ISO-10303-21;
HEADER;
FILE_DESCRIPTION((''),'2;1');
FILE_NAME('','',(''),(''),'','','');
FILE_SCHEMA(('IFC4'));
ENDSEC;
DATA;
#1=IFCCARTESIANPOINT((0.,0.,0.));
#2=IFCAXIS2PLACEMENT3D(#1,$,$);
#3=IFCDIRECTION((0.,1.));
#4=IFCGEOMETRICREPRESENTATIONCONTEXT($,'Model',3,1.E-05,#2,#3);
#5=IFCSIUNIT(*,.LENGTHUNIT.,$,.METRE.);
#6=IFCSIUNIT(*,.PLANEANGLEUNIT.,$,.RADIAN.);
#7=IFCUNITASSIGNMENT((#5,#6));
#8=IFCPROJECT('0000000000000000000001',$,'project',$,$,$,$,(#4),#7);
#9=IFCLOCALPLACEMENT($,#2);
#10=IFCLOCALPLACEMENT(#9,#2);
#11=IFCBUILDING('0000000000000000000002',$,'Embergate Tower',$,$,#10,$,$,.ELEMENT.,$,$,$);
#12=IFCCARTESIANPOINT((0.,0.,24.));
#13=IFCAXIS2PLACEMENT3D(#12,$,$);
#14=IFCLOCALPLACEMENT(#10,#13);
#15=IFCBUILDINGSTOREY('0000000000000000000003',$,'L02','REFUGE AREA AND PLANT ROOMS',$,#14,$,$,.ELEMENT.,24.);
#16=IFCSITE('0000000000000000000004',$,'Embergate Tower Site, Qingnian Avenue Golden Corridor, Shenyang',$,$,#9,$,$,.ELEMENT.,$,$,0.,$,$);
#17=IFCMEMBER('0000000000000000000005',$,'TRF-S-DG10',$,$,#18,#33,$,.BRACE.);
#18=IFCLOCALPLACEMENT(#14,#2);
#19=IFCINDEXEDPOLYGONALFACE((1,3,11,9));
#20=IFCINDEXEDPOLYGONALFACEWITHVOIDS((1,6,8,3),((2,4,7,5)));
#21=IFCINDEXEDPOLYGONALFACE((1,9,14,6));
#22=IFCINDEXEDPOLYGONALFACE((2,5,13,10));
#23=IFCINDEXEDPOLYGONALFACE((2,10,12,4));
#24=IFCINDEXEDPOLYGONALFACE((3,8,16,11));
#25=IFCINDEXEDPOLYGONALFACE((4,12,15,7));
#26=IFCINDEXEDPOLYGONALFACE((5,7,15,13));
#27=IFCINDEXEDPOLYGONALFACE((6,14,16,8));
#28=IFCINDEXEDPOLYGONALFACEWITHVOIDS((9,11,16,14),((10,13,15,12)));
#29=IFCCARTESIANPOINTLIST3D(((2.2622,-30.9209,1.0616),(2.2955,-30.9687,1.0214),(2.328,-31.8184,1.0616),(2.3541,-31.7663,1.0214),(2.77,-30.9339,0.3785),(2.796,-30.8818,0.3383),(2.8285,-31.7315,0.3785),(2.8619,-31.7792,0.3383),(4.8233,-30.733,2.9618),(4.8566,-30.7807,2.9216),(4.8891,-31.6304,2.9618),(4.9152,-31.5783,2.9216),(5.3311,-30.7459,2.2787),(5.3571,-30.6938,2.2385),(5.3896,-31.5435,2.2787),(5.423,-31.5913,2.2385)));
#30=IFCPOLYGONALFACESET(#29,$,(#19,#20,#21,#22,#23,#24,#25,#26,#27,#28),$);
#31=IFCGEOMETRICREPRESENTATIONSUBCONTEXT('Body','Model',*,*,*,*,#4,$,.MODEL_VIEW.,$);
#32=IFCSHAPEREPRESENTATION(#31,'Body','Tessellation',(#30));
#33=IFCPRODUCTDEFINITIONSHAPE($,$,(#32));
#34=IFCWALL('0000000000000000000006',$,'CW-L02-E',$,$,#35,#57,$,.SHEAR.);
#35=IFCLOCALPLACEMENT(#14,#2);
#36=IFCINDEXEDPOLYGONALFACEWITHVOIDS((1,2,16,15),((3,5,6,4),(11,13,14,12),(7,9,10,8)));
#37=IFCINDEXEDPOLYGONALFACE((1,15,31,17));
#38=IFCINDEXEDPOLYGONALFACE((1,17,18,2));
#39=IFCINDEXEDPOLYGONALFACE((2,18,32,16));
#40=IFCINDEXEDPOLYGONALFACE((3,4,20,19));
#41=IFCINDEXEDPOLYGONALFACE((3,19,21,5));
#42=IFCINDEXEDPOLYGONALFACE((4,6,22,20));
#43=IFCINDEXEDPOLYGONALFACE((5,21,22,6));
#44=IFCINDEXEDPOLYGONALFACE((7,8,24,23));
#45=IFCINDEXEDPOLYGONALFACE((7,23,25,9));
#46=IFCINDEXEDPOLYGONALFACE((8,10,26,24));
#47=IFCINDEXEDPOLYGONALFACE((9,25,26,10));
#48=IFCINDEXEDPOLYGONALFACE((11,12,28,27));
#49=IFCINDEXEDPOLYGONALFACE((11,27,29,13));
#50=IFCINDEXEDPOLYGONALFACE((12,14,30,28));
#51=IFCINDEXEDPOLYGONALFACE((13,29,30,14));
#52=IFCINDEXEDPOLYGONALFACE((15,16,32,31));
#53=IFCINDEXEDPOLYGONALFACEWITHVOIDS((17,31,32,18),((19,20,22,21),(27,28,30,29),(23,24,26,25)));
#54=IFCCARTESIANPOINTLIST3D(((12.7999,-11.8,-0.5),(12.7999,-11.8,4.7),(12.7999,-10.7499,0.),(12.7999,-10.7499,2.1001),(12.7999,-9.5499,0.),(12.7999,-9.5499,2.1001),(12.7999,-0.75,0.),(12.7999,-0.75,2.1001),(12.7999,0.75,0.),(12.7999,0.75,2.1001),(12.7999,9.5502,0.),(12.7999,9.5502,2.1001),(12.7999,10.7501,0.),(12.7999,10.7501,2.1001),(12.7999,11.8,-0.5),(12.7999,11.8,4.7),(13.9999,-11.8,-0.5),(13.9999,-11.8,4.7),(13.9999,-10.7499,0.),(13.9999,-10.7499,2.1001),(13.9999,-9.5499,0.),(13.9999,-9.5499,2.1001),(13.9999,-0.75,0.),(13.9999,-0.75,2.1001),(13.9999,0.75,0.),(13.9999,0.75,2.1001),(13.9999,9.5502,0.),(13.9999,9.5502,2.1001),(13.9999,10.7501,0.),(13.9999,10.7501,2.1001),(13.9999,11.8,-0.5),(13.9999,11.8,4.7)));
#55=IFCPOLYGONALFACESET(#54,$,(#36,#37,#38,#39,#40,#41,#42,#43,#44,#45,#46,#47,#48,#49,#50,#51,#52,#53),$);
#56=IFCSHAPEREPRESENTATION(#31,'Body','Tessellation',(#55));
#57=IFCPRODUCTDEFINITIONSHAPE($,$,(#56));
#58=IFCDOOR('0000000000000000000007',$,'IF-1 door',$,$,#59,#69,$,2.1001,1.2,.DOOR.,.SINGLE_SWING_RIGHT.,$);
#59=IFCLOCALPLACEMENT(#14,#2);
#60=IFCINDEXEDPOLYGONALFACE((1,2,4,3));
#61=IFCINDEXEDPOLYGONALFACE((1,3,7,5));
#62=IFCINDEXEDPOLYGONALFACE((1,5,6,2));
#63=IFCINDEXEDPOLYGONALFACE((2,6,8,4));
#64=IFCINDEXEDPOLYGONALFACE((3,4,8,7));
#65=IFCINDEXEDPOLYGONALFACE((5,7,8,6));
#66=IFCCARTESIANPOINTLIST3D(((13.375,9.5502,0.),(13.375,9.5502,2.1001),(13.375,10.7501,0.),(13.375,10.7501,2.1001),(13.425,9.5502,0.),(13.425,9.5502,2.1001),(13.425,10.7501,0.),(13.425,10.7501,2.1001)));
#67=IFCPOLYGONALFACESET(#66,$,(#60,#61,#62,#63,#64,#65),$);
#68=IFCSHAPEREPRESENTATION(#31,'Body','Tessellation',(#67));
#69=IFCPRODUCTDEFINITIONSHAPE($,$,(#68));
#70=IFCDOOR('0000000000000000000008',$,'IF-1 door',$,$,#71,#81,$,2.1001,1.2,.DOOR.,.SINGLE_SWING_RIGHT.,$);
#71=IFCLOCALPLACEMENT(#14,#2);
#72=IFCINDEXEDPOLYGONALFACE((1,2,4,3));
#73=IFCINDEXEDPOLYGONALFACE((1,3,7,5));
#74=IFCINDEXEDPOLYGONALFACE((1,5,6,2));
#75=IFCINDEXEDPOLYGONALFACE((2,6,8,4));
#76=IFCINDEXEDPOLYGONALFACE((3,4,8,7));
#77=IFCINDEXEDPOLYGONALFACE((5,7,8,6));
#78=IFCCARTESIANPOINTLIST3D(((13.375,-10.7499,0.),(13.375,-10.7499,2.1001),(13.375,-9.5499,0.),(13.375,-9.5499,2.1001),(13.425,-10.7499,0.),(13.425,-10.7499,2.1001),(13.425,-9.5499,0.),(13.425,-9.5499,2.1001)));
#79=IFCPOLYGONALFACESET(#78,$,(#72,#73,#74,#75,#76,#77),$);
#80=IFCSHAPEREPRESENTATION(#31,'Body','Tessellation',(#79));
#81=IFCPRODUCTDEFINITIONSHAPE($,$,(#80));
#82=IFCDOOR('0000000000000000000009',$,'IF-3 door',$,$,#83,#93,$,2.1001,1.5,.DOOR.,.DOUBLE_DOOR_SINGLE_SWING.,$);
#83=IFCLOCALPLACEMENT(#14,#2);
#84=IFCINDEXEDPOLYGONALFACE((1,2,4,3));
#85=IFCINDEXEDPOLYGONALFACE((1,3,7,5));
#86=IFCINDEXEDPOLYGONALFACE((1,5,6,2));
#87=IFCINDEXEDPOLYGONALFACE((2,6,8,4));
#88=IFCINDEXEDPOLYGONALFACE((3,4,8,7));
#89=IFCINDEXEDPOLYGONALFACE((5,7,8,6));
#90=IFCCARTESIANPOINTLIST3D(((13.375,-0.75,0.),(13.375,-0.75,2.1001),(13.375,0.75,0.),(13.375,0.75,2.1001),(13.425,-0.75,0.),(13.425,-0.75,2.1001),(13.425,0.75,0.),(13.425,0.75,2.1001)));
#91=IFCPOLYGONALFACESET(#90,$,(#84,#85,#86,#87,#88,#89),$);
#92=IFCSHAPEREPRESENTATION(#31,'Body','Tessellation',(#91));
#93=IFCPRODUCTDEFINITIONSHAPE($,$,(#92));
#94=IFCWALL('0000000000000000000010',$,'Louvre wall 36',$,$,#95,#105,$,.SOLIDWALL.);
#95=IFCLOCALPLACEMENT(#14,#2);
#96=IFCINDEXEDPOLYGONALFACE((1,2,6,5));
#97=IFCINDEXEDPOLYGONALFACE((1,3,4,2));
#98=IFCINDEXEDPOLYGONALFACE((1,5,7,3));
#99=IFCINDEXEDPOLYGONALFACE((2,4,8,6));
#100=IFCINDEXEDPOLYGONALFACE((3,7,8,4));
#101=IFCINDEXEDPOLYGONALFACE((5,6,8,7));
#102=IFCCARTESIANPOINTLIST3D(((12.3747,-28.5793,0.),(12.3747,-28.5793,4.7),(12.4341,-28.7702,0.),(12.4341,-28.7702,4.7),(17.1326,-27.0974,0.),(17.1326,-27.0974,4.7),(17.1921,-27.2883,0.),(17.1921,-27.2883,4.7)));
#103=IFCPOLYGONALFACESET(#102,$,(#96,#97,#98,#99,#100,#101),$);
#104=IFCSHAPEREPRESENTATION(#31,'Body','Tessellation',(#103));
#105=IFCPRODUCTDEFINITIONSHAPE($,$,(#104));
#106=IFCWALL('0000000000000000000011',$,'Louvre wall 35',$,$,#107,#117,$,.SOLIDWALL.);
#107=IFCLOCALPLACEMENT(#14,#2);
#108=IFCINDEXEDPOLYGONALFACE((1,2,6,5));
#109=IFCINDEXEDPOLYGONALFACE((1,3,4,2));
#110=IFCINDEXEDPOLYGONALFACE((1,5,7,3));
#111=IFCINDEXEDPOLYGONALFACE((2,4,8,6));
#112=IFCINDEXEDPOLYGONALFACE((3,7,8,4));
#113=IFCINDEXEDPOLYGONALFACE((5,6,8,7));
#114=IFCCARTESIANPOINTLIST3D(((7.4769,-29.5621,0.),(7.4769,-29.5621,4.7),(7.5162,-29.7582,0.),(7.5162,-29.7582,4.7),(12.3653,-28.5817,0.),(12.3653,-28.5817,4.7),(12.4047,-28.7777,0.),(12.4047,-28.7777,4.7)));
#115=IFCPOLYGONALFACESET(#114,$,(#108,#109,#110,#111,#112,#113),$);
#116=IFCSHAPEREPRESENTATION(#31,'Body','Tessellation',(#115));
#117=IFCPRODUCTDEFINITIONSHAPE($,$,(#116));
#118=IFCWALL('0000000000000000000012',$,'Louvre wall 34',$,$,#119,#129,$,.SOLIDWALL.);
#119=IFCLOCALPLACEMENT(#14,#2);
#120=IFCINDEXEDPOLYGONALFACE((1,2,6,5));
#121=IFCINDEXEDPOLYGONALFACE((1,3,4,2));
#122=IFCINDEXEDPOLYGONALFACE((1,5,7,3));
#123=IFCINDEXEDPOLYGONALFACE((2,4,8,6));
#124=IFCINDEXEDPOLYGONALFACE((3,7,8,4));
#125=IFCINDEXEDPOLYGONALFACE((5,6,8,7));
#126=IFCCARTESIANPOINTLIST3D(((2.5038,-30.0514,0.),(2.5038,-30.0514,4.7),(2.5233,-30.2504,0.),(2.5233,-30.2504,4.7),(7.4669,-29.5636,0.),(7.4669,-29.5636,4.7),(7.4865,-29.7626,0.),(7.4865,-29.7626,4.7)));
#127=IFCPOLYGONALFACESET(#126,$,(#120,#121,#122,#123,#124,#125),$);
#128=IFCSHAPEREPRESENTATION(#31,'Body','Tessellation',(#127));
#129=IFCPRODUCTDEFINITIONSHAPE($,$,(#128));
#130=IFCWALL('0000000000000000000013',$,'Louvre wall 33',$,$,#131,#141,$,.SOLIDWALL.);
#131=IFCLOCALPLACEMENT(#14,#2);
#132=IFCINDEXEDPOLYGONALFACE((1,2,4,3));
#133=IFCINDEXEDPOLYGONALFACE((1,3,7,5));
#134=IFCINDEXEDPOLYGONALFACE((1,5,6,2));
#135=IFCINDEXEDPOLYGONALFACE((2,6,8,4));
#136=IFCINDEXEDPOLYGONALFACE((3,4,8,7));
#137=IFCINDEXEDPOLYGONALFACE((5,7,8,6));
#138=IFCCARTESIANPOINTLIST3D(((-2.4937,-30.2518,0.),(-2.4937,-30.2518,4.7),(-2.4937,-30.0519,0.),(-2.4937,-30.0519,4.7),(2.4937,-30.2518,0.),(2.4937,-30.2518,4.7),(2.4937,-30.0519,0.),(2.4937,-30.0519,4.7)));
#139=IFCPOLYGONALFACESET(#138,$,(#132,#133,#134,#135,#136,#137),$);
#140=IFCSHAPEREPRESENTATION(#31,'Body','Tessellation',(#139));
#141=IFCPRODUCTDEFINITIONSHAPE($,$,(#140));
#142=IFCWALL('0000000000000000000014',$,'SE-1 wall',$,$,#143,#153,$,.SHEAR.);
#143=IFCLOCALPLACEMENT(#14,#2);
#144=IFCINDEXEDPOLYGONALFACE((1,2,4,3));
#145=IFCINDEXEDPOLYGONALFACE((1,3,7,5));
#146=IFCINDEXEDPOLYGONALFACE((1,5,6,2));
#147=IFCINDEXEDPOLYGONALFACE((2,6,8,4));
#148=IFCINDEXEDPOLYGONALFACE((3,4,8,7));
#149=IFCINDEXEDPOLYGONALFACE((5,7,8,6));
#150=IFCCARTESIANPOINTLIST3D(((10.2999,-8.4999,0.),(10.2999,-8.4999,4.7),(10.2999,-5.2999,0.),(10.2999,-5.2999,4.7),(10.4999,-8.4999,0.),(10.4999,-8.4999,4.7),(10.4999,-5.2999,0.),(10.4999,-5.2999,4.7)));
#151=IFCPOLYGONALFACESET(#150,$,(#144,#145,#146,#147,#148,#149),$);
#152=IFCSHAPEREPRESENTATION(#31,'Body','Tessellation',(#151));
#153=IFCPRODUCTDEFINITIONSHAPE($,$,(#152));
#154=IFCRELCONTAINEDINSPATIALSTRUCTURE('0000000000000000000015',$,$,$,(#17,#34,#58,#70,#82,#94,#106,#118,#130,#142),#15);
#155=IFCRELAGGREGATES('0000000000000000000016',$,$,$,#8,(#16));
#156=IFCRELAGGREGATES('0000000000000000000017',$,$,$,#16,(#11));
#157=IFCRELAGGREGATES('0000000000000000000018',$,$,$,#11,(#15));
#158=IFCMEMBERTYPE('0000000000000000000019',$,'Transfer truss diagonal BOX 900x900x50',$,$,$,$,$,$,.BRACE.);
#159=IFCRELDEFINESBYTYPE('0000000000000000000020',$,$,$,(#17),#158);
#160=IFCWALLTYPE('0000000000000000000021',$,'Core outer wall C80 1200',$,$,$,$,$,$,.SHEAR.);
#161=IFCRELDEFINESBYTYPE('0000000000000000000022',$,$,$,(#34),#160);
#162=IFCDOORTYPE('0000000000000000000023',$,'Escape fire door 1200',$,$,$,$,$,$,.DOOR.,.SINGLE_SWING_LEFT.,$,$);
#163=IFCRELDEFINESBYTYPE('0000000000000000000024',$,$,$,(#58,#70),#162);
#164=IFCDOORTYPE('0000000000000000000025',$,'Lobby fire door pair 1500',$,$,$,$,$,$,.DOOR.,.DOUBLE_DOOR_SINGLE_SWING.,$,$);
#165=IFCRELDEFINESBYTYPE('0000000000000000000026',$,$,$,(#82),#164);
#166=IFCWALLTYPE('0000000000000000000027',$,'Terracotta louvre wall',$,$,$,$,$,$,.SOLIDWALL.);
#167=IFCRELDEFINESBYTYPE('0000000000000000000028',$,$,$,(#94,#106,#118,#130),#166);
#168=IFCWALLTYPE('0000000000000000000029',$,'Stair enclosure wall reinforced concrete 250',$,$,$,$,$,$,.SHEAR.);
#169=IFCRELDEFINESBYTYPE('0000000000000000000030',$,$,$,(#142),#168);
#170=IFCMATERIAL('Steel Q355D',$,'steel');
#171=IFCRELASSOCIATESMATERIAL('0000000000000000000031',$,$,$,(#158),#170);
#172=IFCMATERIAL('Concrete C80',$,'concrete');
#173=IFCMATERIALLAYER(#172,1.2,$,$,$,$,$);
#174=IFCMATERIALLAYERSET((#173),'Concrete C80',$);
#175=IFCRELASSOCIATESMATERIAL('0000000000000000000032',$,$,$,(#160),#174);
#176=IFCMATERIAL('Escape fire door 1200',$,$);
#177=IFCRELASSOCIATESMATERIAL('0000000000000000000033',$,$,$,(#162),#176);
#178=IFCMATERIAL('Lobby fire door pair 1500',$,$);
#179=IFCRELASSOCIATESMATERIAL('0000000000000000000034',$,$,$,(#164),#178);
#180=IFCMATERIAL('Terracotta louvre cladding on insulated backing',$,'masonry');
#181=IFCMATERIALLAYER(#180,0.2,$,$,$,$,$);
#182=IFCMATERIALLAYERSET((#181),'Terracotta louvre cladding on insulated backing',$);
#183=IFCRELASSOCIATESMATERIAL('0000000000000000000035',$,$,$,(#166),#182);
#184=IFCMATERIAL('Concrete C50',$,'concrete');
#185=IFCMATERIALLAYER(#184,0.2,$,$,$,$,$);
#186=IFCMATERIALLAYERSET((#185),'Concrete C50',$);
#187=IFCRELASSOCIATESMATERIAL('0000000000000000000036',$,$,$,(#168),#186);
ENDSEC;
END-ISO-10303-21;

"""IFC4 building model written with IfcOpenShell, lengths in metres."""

from ifc_helpers import new_model, si_unit, direction, frame, frame_2d, origin, origin_2d, place, context, subcontext, project, spatial, rectangle, hollow_rectangle, extrude, source, transform, mapped, material, layer, layer_set, material_profile, profile_set, type_object, element, fill, save


model = new_model("IFC4")

# Units and contexts
model_context = context("Model", 3, precision=1e-05, world=origin(), true_north=direction((0.0, 1.0)))
body_context = subcontext(model_context, "Body", "Model", "MODEL_VIEW")
ifc_project = project(units=[si_unit("LENGTHUNIT", "METRE"), si_unit("PLANEANGLEUNIT", "RADIAN")], contexts=[model_context])

# Site, building, storey
site_placement = place(None, origin())
site = spatial("IfcSite", under=ifc_project, at=site_placement, Name="Embergate Tower Site, Qingnian Avenue Golden Corridor, Shenyang", CompositionType="ELEMENT", RefElevation=0.0)
building_placement = place(site_placement, origin())
building = spatial("IfcBuilding", under=site, at=building_placement, Name="Embergate Tower", CompositionType="ELEMENT")
storey_placement = place(building_placement, frame((0.0, 0.0, 24.0)))
storey = spatial("IfcBuildingStorey", under=building, at=storey_placement, Name="L02", Description="REFUGE AREA AND PLANT ROOMS", CompositionType="ELEMENT", Elevation=24.0)

# Member
ifc_material_1 = material(Name="Steel Q355D", Category="steel")
ifc_material_profile_1 = material_profile(ifc_material_1, hollow_rectangle(XDim=0.8999, YDim=0.8999, WallThickness=0.05, at=origin_2d()), Name="BOX 900x900x50")
ifc_profile_set_1 = profile_set([ifc_material_profile_1], Name="Steel Q355 grade D")
member_type_1 = type_object("IfcMemberType", Name="Transfer truss diagonal BOX 900x900x50", PredefinedType="BRACE", material=ifc_profile_set_1)
shared_shape_1 = source(origin(), body_context, "Body", "SweptSolid", [
    extrude(hollow_rectangle(XDim=0.8999, YDim=0.8999, WallThickness=0.05, at=origin_2d()), origin(), (0.0, 0.0, 1.0), 3.1946),
])
member_1_placement = place(storey_placement, frame((2.562, -31.3501, 0.7), z_axis=(0.801703, 0.058848, 0.594819), x_axis=(-0.073206, 0.997317, 0.0)))
element("IfcMember", 1, at=member_1_placement, inside=storey, type_object=member_type_1, Name="TRF-S-DG10", PredefinedType="BRACE", context=body_context, shape_type="MappedRepresentation", body=[
    mapped(shared_shape_1, transform((0.0, 0.0, 0.0))),
])

# Wall, openings, doors
ifc_material_2 = material(Name="Concrete C80", Category="concrete")
ifc_layer_1 = layer(ifc_material_2, 1.2)
ifc_layer_set_1 = layer_set([ifc_layer_1], Name="Concrete C80")
wall_type_1 = type_object("IfcWallType", Name="Core outer wall C80 1200", PredefinedType="SHEAR", material=ifc_layer_set_1)
shared_shape_2 = source(origin(), body_context, "Body", "SweptSolid", [
    extrude(rectangle(XDim=23.6001, YDim=1.2, at=frame_2d((11.8, 0.0))), origin(), (0.0, 0.0, 1.0), 5.2),
])
wall_1_placement = place(storey_placement, frame((13.3999, -11.8, -0.5), z_axis=(0.0, 0.0, 1.0), x_axis=(0.0, 1.0, 0.0)))
wall_1 = element("IfcWall", 2, at=wall_1_placement, inside=storey, type_object=wall_type_1, Name="CW-L02-E", PredefinedType="SHEAR", context=body_context, shape_type="MappedRepresentation", body=[
    mapped(shared_shape_2, transform((0.0, 0.0, 0.0))),
])
shared_shape_3 = source(origin(), body_context, "Body", "SweptSolid", [
    extrude(rectangle(XDim=1.2, YDim=2.1001, at=frame_2d((0.6001, 1.05))), frame((0.0, 0.6099, 0.0), z_axis=(0.0, -1.0, 0.0), x_axis=(1.0, 0.0, 0.0)), (0.0, 0.0, 1.0), 1.22),
])
opening_1_placement = place(wall_1_placement, frame((21.3501, 0.0, 0.5)))
opening_1 = element("IfcOpeningElement", 3, at=opening_1_placement, cuts=wall_1, PredefinedType="OPENING", context=body_context, shape_type="MappedRepresentation", body=[
    mapped(shared_shape_3, transform((0.0, 0.0, 0.0))),
])
opening_2_placement = place(wall_1_placement, frame((1.05, 0.0, 0.5)))
opening_2 = element("IfcOpeningElement", 4, at=opening_2_placement, cuts=wall_1, PredefinedType="OPENING", context=body_context, shape_type="MappedRepresentation", body=[
    mapped(shared_shape_3, transform((0.0, 0.0, 0.0))),
])
shared_shape_4 = source(origin(), body_context, "Body", "SweptSolid", [
    extrude(rectangle(XDim=1.5, YDim=2.1001, at=frame_2d((0.75, 1.05))), frame((0.0, 0.6099, 0.0), z_axis=(0.0, -1.0, 0.0), x_axis=(1.0, 0.0, 0.0)), (0.0, 0.0, 1.0), 1.22),
])
opening_3_placement = place(wall_1_placement, frame((11.05, 0.0, 0.5)))
opening_3 = element("IfcOpeningElement", 5, at=opening_3_placement, cuts=wall_1, PredefinedType="OPENING", context=body_context, shape_type="MappedRepresentation", body=[
    mapped(shared_shape_4, transform((0.0, 0.0, 0.0))),
])
ifc_material_3 = material(Name="Escape fire door 1200")
door_type_1 = type_object("IfcDoorType", Name="Escape fire door 1200", OperationType="SINGLE_SWING_LEFT", PredefinedType="DOOR", material=ifc_material_3)
shared_shape_5 = source(origin(), body_context, "Body", "SweptSolid", [
    extrude(rectangle(XDim=1.2, YDim=2.1001, at=frame_2d((0.6001, 1.05))), frame((0.0, 0.0249, 0.0), z_axis=(0.0, -1.0, 0.0), x_axis=(1.0, 0.0, 0.0)), (0.0, 0.0, 1.0), 0.05),
])
door_1_placement = place(opening_1_placement, origin())
door_1 = element("IfcDoor", 6, at=door_1_placement, inside=storey, type_object=door_type_1, Name="IF-1 door", OperationType="SINGLE_SWING_RIGHT", OverallHeight=2.1001, OverallWidth=1.2, PredefinedType="DOOR", context=body_context, shape_type="MappedRepresentation", body=[
    mapped(shared_shape_5, transform((0.0, 0.0, 0.0))),
])
fill(opening_1, door_1)
door_2_placement = place(opening_2_placement, origin())
door_2 = element("IfcDoor", 7, at=door_2_placement, inside=storey, type_object=door_type_1, Name="IF-1 door", OperationType="SINGLE_SWING_RIGHT", OverallHeight=2.1001, OverallWidth=1.2, PredefinedType="DOOR", context=body_context, shape_type="MappedRepresentation", body=[
    mapped(shared_shape_5, transform((0.0, 0.0, 0.0))),
])
fill(opening_2, door_2)
ifc_material_4 = material(Name="Lobby fire door pair 1500")
door_type_2 = type_object("IfcDoorType", Name="Lobby fire door pair 1500", OperationType="DOUBLE_DOOR_SINGLE_SWING", PredefinedType="DOOR", material=ifc_material_4)
shared_shape_6 = source(origin(), body_context, "Body", "SweptSolid", [
    extrude(rectangle(XDim=1.5, YDim=2.1001, at=frame_2d((0.75, 1.05))), frame((0.0, 0.0249, 0.0), z_axis=(0.0, -1.0, 0.0), x_axis=(1.0, 0.0, 0.0)), (0.0, 0.0, 1.0), 0.05),
])
door_3_placement = place(opening_3_placement, origin())
door_3 = element("IfcDoor", 8, at=door_3_placement, inside=storey, type_object=door_type_2, Name="IF-3 door", OperationType="DOUBLE_DOOR_SINGLE_SWING", OverallHeight=2.1001, OverallWidth=1.5, PredefinedType="DOOR", context=body_context, shape_type="MappedRepresentation", body=[
    mapped(shared_shape_6, transform((0.0, 0.0, 0.0))),
])
fill(opening_3, door_3)

# Walls
ifc_material_5 = material(Name="Terracotta louvre cladding on insulated backing", Category="masonry")
ifc_layer_2 = layer(ifc_material_5, 0.2)
ifc_layer_set_2 = layer_set([ifc_layer_2], Name="Terracotta louvre cladding on insulated backing")
wall_type_2 = type_object("IfcWallType", Name="Terracotta louvre wall", PredefinedType="SOLIDWALL", material=ifc_layer_set_2)
shared_shape_7 = source(origin(), body_context, "Body", "SweptSolid", [
    extrude(rectangle(XDim=4.9834, YDim=0.2, at=frame_2d((2.4917, 0.0))), origin(), (0.0, 0.0, 1.0), 4.7),
])
wall_2_placement = place(storey_placement, frame((17.1624, -27.1929, 0.0), z_axis=(0.0, 0.0, 1.0), x_axis=(-0.954763, -0.297368, 0.0)))
element("IfcWall", 9, at=wall_2_placement, inside=storey, type_object=wall_type_2, Name="Louvre wall 36", PredefinedType="SOLIDWALL", context=body_context, shape_type="MappedRepresentation", body=[
    mapped(shared_shape_7, transform((0.0, 0.0, 0.0))),
])
shared_shape_8 = source(origin(), body_context, "Body", "SweptSolid", [
    extrude(rectangle(XDim=4.9858, YDim=0.2, at=frame_2d((2.4929, 0.0))), origin(), (0.0, 0.0, 1.0), 4.7),
])
wall_3_placement = place(storey_placement, frame((12.385, -28.6797, 0.0), z_axis=(0.0, 0.0, 1.0), x_axis=(-0.980473, -0.196653, 0.0)))
element("IfcWall", 10, at=wall_3_placement, inside=storey, type_object=wall_type_2, Name="Louvre wall 35", PredefinedType="SOLIDWALL", context=body_context, shape_type="MappedRepresentation", body=[
    mapped(shared_shape_8, transform((0.0, 0.0, 0.0))),
])
shared_shape_9 = source(origin(), body_context, "Body", "SweptSolid", [
    extrude(rectangle(XDim=4.9871, YDim=0.2, at=frame_2d((2.4937, 0.0))), origin(), (0.0, 0.0, 1.0), 4.7),
])
wall_4_placement = place(storey_placement, frame((7.4768, -29.6631, 0.0), z_axis=(0.0, 0.0, 1.0), x_axis=(-0.995205, -0.097812, 0.0)))
element("IfcWall", 11, at=wall_4_placement, inside=storey, type_object=wall_type_2, Name="Louvre wall 34", PredefinedType="SOLIDWALL", context=body_context, shape_type="MappedRepresentation", body=[
    mapped(shared_shape_9, transform((0.0, 0.0, 0.0))),
])
shared_shape_10 = source(origin(), body_context, "Body", "SweptSolid", [
    extrude(rectangle(XDim=4.9873, YDim=0.2, at=frame_2d((2.4937, 0.0))), origin(), (0.0, 0.0, 1.0), 4.7),
])
wall_5_placement = place(storey_placement, frame((2.4937, -30.1519, 0.0), z_axis=(0.0, 0.0, 1.0), x_axis=(-1.0, 0.0, 0.0)))
element("IfcWall", 12, at=wall_5_placement, inside=storey, type_object=wall_type_2, Name="Louvre wall 33", PredefinedType="SOLIDWALL", context=body_context, shape_type="MappedRepresentation", body=[
    mapped(shared_shape_10, transform((0.0, 0.0, 0.0))),
])
ifc_material_6 = material(Name="Concrete C50", Category="concrete")
ifc_layer_3 = layer(ifc_material_6, 0.2)
ifc_layer_set_3 = layer_set([ifc_layer_3], Name="Concrete C50")
wall_type_3 = type_object("IfcWallType", Name="Stair enclosure wall reinforced concrete 250", PredefinedType="SHEAR", material=ifc_layer_set_3)
shared_shape_11 = source(origin(), body_context, "Body", "SweptSolid", [
    extrude(rectangle(XDim=3.2, YDim=0.2, at=frame_2d((1.6001, 0.0))), origin(), (0.0, 0.0, 1.0), 4.7),
])
wall_6_placement = place(storey_placement, frame((10.3999, -8.5, 0.0), z_axis=(0.0, 0.0, 1.0), x_axis=(0.0, 1.0, 0.0)))
element("IfcWall", 13, at=wall_6_placement, inside=storey, type_object=wall_type_3, Name="SE-1 wall", PredefinedType="SHEAR", context=body_context, shape_type="MappedRepresentation", body=[
    mapped(shared_shape_11, transform((0.0, 0.0, 0.0))),
])

save(model, "model.ifc")
